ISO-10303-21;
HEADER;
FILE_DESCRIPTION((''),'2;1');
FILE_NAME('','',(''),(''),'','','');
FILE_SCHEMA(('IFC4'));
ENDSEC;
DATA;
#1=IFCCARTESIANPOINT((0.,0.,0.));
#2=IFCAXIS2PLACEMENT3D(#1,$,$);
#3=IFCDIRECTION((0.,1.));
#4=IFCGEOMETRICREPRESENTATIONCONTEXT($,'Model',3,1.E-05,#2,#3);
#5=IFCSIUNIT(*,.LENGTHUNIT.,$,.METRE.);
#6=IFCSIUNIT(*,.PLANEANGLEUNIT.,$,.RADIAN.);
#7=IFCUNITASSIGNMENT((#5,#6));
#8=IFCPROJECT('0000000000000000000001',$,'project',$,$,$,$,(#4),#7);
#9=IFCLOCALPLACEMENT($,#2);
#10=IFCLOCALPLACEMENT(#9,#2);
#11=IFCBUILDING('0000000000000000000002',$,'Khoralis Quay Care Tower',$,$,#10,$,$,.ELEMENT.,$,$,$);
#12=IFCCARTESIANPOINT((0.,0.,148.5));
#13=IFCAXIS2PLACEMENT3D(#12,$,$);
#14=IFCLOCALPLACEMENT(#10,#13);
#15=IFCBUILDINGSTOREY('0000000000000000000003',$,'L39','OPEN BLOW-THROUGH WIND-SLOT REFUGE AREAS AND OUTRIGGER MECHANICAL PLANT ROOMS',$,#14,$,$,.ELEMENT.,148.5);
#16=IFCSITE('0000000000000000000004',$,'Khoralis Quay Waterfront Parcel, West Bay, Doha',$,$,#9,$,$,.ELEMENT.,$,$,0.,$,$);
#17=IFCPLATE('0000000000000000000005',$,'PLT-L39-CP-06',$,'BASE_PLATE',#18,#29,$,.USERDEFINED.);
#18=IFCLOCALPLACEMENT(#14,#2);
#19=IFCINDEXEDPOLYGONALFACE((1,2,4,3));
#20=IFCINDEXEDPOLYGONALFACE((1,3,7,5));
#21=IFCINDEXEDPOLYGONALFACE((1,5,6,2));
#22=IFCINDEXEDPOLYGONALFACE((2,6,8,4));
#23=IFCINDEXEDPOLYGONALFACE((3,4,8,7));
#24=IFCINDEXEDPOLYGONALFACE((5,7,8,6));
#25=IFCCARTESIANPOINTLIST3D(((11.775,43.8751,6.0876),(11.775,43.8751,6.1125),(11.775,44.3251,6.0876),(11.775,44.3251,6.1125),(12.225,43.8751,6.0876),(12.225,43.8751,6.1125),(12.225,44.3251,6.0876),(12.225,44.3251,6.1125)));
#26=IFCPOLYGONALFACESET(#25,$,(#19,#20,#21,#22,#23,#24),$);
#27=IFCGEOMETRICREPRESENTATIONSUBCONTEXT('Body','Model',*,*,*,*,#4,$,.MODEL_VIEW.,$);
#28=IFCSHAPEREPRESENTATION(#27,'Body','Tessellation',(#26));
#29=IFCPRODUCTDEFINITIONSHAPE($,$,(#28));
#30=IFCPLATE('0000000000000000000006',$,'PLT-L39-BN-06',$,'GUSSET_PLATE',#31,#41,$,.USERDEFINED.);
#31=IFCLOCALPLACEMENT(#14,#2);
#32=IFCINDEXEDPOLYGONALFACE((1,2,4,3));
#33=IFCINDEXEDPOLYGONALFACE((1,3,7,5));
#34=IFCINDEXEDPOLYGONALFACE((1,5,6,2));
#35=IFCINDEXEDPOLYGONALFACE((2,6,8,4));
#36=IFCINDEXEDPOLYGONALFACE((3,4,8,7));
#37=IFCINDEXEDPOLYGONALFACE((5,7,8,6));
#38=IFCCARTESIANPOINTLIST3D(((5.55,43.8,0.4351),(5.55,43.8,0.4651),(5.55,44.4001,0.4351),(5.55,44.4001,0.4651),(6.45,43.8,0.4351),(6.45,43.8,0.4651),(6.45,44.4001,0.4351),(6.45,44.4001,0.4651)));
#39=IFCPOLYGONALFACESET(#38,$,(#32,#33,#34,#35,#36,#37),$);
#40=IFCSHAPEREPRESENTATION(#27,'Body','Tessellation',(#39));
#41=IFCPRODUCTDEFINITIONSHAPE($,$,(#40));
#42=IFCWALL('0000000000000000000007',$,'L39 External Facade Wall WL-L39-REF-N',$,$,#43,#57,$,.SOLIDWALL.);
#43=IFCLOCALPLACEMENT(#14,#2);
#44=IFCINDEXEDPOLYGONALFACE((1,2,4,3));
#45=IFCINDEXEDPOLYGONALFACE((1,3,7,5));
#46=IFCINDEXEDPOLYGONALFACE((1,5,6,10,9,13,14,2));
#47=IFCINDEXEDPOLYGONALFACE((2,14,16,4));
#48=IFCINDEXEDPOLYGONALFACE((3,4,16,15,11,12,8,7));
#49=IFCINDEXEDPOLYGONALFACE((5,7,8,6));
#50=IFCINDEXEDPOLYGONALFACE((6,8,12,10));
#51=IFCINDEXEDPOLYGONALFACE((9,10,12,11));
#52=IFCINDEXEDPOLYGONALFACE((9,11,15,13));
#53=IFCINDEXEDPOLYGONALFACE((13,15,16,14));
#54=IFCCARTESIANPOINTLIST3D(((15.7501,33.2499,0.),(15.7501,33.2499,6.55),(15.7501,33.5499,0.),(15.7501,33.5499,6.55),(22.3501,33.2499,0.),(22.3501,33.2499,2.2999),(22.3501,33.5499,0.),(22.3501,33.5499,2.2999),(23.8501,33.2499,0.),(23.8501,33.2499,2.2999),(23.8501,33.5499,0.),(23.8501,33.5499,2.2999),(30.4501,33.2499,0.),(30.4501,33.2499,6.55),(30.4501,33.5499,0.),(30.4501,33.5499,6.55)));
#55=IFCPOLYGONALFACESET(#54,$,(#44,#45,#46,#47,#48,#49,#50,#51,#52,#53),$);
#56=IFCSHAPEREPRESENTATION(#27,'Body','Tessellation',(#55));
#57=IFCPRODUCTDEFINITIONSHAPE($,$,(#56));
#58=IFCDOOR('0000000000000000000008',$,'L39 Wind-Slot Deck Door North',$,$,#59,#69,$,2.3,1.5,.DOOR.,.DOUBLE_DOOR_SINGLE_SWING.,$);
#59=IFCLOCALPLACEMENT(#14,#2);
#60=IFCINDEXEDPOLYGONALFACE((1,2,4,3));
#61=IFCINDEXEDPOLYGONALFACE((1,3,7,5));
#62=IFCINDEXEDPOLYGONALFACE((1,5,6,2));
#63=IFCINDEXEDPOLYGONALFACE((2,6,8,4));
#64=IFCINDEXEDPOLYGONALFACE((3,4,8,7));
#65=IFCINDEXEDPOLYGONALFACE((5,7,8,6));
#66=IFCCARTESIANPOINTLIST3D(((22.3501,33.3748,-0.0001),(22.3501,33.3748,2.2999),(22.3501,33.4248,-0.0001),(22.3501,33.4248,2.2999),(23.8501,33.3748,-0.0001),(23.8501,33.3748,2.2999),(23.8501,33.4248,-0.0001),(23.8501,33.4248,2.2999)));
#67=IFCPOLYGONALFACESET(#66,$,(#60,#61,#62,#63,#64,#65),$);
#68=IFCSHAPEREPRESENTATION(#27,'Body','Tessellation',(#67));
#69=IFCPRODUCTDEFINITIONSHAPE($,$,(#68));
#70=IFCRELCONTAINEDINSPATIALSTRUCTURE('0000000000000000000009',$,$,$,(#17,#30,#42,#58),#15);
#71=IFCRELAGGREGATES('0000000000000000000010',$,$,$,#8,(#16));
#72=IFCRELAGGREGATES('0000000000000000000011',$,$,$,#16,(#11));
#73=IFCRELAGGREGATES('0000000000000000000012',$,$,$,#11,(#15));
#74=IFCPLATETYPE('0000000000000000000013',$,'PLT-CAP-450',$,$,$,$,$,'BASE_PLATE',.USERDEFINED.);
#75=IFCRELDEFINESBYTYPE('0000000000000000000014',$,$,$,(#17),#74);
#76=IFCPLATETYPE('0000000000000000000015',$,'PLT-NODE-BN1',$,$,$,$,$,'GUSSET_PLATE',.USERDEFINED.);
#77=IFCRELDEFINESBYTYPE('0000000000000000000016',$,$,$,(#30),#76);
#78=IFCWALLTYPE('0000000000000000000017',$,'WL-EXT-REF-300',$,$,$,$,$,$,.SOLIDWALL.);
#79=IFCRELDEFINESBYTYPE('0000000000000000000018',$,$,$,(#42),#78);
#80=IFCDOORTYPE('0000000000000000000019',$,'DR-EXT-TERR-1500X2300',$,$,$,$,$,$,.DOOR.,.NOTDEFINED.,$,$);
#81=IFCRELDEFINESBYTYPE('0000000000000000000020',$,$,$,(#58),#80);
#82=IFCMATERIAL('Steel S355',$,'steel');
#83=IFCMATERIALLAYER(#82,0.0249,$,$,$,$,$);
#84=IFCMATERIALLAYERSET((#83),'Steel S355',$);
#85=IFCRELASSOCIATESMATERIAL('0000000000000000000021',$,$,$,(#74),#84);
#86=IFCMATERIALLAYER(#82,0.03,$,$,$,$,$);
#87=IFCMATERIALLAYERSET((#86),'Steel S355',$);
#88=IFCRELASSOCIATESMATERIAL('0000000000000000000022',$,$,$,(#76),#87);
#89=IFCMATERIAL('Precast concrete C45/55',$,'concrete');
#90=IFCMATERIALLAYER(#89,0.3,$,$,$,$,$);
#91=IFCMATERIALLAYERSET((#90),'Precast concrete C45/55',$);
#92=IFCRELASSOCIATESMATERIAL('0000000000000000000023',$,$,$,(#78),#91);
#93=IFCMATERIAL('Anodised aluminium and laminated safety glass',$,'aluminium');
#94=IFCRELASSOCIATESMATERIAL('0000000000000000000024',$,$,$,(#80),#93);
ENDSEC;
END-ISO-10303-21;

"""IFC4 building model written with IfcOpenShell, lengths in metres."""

from ifc_helpers import new_model, si_unit, direction, frame, frame_2d, origin, origin_2d, place, context, subcontext, project, spatial, rectangle, extrude, source, transform, mapped, material, layer, layer_set, type_object, element, fill, save


model = new_model("IFC4")

# Units and contexts
model_context = context("Model", 3, precision=1e-05, world=origin(), true_north=direction((0.0, 1.0)))
body_context = subcontext(model_context, "Body", "Model", "MODEL_VIEW")
ifc_project = project(units=[si_unit("LENGTHUNIT", "METRE"), si_unit("PLANEANGLEUNIT", "RADIAN")], contexts=[model_context])

# Site, building, storey
site_placement = place(None, origin())
site = spatial("IfcSite", under=ifc_project, at=site_placement, Name="Khoralis Quay Waterfront Parcel, West Bay, Doha", CompositionType="ELEMENT", RefElevation=0.0)
building_placement = place(site_placement, origin())
building = spatial("IfcBuilding", under=site, at=building_placement, Name="Khoralis Quay Care Tower", CompositionType="ELEMENT")
storey_placement = place(building_placement, frame((0.0, 0.0, 148.5)))
storey = spatial("IfcBuildingStorey", under=building, at=storey_placement, Name="L39", Description="OPEN BLOW-THROUGH WIND-SLOT REFUGE AREAS AND OUTRIGGER MECHANICAL PLANT ROOMS", CompositionType="ELEMENT", Elevation=148.5)

# Shared definitions
ifc_material_1 = material(Name="Steel S355", Category="steel")

# Plates
ifc_layer_1 = layer(ifc_material_1, 0.0249)
ifc_layer_set_1 = layer_set([ifc_layer_1], Name="Steel S355")
plate_type_1 = type_object("IfcPlateType", Name="PLT-CAP-450", ElementType="BASE_PLATE", PredefinedType="USERDEFINED", material=ifc_layer_set_1)
shared_shape_1 = source(origin(), body_context, "Body", "SweptSolid", [
    extrude(rectangle(XDim=0.45, YDim=0.45, at=origin_2d()), origin(), (0.0, 0.0, 1.0), 0.0249),
])
plate_1_placement = place(storey_placement, frame((12.0, 44.1001, 6.0876), z_axis=(0.0, 0.0, 1.0), x_axis=(1.0, 0.0, 0.0)))
element("IfcPlate", 1, at=plate_1_placement, inside=storey, type_object=plate_type_1, Name="PLT-L39-CP-06", ObjectType="BASE_PLATE", PredefinedType="USERDEFINED", context=body_context, shape_type="MappedRepresentation", body=[
    mapped(shared_shape_1, transform((0.0, 0.0, 0.0), scale=1.0)),
])
ifc_layer_2 = layer(ifc_material_1, 0.03)
ifc_layer_set_2 = layer_set([ifc_layer_2], Name="Steel S355")
plate_type_2 = type_object("IfcPlateType", Name="PLT-NODE-BN1", ElementType="GUSSET_PLATE", PredefinedType="USERDEFINED", material=ifc_layer_set_2)
shared_shape_2 = source(origin(), body_context, "Body", "SweptSolid", [
    extrude(rectangle(XDim=0.8999, YDim=0.6001, at=origin_2d()), origin(), (0.0, 0.0, 1.0), 0.03),
])
plate_2_placement = place(storey_placement, frame((6.0, 44.1001, 0.4351), z_axis=(0.0, 0.0, 1.0), x_axis=(1.0, 0.0, 0.0)))
element("IfcPlate", 2, at=plate_2_placement, inside=storey, type_object=plate_type_2, Name="PLT-L39-BN-06", ObjectType="GUSSET_PLATE", PredefinedType="USERDEFINED", context=body_context, shape_type="MappedRepresentation", body=[
    mapped(shared_shape_2, transform((0.0, 0.0, 0.0), scale=1.0)),
])

# Wall, opening, door
ifc_material_2 = material(Name="Precast concrete C45/55", Category="concrete")
ifc_layer_3 = layer(ifc_material_2, 0.3)
ifc_layer_set_3 = layer_set([ifc_layer_3], Name="Precast concrete C45/55")
wall_type = type_object("IfcWallType", Name="WL-EXT-REF-300", PredefinedType="SOLIDWALL", material=ifc_layer_set_3)
wall_placement = place(storey_placement, frame((15.75, 33.3999, 0.0), z_axis=(0.0, 0.0, 1.0), x_axis=(1.0, 0.0, 0.0)))
wall = element("IfcWall", 3, at=wall_placement, inside=storey, type_object=wall_type, Name="L39 External Facade Wall WL-L39-REF-N", PredefinedType="SOLIDWALL", context=body_context, shape_type="SweptSolid", body=[
    extrude(rectangle(XDim=14.7, YDim=0.3, at=frame_2d((7.3501, 0.0))), origin(), (0.0, 0.0, 1.0), 6.55),
])
opening_placement = place(wall_placement, frame((6.6001, 0.0, 0.0)))
opening = element("IfcOpeningElement", 4, at=opening_placement, cuts=wall, PredefinedType="OPENING", context=body_context, shape_type="SweptSolid", body=[
    extrude(rectangle(XDim=1.5, YDim=2.3, at=frame_2d((0.75, 1.1499))), frame((0.0, 0.1602, 0.0), z_axis=(0.0, -1.0, 0.0), x_axis=(1.0, 0.0, 0.0)), (0.0, 0.0, 1.0), 0.3201),
])
ifc_material_3 = material(Name="Anodised aluminium and laminated safety glass", Category="aluminium")
door_type = type_object("IfcDoorType", Name="DR-EXT-TERR-1500X2300", OperationType="NOTDEFINED", PredefinedType="DOOR", material=ifc_material_3)
shared_shape_3 = source(origin(), body_context, "Body", "SweptSolid", [
    extrude(rectangle(XDim=1.5, YDim=2.3, at=frame_2d((0.75, 1.1499))), frame((0.0, 0.0249, 0.0), z_axis=(0.0, -1.0, 0.0), x_axis=(1.0, 0.0, 0.0)), (0.0, 0.0, 1.0), 0.05),
])
door_placement = place(opening_placement, origin())
door = element("IfcDoor", 5, at=door_placement, inside=storey, type_object=door_type, Name="L39 Wind-Slot Deck Door North", OperationType="DOUBLE_DOOR_SINGLE_SWING", OverallHeight=2.3, OverallWidth=1.5, PredefinedType="DOOR", context=body_context, shape_type="MappedRepresentation", body=[
    mapped(shared_shape_3, transform((0.0, 0.0, 0.0), scale=1.0)),
])
fill(opening, door)

save(model, "model.ifc")
